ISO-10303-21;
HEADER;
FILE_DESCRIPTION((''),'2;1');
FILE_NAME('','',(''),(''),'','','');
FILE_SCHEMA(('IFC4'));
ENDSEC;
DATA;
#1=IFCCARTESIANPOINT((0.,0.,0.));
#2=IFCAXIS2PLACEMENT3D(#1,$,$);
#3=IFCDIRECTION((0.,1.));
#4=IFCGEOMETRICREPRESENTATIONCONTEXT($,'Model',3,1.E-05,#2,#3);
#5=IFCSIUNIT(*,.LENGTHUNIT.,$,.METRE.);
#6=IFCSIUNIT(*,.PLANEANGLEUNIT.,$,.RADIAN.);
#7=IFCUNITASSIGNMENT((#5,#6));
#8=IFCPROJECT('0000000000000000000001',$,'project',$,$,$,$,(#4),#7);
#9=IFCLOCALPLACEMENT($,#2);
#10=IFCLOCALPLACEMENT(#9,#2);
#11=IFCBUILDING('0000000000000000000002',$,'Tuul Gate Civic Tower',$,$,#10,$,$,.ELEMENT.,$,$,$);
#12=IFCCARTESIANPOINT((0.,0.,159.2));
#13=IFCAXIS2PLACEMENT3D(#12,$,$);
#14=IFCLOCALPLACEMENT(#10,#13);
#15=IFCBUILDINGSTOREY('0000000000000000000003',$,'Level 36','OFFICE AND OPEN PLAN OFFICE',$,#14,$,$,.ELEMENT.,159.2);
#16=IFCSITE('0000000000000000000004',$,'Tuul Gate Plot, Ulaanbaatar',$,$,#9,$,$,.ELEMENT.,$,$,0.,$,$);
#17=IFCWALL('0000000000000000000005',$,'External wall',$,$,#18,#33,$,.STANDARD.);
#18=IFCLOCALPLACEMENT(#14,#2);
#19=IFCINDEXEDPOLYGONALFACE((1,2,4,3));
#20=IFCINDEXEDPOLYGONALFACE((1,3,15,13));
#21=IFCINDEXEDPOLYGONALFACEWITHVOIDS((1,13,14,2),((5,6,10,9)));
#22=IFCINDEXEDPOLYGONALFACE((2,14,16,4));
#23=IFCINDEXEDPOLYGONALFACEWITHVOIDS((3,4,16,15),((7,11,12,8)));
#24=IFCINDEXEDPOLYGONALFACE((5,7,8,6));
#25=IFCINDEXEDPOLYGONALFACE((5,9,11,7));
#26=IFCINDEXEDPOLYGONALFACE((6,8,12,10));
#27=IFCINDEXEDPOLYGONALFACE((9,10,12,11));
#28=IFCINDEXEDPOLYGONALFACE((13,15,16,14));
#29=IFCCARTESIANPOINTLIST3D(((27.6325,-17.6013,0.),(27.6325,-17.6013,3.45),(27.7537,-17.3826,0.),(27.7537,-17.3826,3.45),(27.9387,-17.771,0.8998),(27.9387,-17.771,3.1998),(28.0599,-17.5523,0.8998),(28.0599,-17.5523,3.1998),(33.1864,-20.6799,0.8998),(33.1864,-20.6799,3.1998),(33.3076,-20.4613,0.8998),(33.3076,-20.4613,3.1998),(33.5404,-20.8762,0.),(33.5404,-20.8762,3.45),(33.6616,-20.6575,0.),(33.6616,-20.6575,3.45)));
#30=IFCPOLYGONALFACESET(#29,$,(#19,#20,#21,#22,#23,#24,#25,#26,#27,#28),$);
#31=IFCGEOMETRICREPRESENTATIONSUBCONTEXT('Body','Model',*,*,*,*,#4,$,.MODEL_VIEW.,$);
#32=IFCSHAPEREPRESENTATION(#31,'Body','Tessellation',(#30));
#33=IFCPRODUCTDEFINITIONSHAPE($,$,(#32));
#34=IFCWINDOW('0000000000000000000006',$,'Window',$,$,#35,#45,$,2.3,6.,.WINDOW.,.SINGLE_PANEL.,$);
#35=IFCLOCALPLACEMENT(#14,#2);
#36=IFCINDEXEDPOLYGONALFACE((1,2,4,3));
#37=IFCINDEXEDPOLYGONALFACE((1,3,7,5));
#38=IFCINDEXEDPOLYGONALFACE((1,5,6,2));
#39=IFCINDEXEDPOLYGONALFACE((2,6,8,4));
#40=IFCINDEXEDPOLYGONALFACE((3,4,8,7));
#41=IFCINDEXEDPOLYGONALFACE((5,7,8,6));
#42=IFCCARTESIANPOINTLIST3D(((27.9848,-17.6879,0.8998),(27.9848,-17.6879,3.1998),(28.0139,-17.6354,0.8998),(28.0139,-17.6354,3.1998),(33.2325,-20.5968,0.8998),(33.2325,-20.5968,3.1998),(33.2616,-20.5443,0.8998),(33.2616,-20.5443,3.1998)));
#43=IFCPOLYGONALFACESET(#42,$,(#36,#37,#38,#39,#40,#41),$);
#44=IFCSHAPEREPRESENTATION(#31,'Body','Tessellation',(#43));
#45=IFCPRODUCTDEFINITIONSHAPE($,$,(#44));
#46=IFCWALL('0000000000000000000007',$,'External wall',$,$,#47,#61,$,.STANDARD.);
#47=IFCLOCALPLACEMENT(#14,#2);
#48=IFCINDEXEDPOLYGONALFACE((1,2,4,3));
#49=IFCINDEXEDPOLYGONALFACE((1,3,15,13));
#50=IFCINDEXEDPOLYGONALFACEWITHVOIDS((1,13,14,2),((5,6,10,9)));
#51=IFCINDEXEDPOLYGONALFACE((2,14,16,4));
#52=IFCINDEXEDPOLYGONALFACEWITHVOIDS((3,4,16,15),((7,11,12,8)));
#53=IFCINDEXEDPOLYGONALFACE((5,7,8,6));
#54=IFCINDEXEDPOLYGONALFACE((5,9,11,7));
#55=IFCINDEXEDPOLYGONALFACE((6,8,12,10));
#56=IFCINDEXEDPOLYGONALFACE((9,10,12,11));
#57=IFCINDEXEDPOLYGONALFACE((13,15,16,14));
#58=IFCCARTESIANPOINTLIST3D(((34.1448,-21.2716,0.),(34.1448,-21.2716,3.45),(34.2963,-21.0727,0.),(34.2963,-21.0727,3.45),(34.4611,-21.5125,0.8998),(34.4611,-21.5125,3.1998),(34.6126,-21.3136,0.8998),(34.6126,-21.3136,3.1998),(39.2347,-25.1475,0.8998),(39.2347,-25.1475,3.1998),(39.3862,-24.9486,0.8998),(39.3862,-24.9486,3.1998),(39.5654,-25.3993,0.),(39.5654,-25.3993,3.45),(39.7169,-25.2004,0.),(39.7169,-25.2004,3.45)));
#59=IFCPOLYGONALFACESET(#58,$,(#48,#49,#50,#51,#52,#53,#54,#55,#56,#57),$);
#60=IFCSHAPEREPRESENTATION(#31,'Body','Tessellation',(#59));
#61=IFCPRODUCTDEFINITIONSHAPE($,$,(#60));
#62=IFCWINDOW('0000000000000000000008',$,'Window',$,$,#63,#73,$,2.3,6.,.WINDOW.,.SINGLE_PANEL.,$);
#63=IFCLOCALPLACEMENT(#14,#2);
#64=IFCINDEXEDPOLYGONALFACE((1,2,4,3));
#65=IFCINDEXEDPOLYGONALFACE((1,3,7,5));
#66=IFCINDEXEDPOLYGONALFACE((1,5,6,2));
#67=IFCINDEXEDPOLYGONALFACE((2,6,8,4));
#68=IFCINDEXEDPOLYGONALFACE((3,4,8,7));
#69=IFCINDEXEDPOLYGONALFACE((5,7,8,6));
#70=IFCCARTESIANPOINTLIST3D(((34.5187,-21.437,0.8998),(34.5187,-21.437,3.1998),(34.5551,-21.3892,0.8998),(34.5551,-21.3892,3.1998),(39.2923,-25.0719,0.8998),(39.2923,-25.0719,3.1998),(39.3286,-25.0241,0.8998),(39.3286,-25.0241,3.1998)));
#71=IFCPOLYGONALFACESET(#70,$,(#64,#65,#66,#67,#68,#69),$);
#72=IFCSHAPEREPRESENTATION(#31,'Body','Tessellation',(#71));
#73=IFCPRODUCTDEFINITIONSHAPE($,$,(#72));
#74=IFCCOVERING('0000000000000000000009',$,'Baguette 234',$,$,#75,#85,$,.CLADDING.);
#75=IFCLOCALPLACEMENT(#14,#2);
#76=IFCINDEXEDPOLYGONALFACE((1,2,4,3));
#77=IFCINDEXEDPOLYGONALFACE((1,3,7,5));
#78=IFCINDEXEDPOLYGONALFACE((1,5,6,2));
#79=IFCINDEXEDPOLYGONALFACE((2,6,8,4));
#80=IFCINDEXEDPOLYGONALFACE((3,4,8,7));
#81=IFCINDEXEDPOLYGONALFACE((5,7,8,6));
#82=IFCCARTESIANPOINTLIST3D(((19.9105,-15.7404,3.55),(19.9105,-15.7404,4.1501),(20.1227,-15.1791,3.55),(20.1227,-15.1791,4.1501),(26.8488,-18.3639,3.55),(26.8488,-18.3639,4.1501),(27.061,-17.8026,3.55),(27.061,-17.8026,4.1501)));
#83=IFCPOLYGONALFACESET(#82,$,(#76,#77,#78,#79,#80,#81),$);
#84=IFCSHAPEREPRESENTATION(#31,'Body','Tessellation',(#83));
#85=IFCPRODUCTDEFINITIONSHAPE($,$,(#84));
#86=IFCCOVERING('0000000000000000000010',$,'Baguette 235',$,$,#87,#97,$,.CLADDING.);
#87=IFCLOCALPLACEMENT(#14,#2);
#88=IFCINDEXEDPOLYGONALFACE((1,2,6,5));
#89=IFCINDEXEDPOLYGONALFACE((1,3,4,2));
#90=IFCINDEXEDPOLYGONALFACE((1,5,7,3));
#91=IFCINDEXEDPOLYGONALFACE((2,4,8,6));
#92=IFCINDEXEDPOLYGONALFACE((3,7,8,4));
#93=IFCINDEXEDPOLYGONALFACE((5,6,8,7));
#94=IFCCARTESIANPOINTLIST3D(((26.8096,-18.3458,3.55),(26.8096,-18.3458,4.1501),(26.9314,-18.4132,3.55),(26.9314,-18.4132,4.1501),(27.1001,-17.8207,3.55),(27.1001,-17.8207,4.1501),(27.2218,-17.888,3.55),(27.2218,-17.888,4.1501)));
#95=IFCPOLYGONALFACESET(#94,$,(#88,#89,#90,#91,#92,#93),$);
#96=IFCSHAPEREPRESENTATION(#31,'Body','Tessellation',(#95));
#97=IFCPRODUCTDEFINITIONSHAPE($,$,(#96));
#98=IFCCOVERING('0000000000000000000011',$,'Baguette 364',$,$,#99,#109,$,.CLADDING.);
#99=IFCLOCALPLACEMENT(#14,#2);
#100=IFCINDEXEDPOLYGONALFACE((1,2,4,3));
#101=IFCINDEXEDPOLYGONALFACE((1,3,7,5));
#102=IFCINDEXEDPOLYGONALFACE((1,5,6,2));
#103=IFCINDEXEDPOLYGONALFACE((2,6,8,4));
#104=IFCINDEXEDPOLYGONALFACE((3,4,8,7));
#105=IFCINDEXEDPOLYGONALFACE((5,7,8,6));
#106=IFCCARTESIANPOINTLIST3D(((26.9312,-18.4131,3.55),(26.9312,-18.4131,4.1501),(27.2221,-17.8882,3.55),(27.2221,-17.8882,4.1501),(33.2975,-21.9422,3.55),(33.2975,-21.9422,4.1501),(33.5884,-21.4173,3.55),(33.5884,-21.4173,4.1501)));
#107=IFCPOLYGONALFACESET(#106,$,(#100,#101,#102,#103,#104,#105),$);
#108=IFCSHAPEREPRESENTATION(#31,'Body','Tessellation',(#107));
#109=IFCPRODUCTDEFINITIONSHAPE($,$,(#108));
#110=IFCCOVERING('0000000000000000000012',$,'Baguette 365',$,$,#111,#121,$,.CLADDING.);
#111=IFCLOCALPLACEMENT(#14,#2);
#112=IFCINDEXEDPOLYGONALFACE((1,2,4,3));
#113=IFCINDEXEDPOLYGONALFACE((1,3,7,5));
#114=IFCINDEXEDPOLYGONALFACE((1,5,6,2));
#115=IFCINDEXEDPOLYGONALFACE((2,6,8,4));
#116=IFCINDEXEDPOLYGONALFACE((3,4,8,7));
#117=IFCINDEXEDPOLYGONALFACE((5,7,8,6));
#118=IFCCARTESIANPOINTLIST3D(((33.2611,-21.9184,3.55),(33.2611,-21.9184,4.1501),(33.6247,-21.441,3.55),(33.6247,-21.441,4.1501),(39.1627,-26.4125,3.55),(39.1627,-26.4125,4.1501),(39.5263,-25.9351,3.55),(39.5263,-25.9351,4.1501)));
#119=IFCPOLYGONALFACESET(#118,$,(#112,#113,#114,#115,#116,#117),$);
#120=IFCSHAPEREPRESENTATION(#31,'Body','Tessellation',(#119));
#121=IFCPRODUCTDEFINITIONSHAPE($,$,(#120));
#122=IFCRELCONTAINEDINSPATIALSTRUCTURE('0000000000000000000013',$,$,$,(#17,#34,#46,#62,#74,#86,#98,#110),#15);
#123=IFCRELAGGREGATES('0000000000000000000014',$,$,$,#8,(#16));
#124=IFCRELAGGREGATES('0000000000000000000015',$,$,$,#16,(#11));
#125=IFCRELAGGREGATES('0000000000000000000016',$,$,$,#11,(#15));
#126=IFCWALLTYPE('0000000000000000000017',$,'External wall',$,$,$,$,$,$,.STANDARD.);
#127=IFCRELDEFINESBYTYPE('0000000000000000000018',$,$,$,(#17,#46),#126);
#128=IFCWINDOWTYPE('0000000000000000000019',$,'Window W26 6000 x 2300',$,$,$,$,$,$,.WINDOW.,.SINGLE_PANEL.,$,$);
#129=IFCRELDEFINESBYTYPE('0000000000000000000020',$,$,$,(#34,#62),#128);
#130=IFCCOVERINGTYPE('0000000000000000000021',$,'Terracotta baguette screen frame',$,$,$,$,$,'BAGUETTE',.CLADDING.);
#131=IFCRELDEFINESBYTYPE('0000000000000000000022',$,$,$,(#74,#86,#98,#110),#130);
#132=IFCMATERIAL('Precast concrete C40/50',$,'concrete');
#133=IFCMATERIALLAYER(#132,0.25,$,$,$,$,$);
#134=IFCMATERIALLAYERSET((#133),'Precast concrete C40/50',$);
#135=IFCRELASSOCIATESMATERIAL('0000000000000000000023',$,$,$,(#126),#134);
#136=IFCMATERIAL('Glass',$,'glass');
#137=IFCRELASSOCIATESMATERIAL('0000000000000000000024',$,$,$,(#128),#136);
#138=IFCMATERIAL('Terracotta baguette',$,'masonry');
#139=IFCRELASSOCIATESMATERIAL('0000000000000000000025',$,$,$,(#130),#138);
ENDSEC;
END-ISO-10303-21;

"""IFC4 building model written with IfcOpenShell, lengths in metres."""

from ifc_helpers import new_model, si_unit, direction, frame, frame_2d, origin, origin_2d, place, context, subcontext, project, spatial, rectangle, extrude, material, layer, layer_set, material_profile, profile_set, type_object, element, fill, save


model = new_model("IFC4")

# Units and contexts
model_context = context("Model", 3, precision=1e-05, world=origin(), true_north=direction((0.0, 1.0)))
body_context = subcontext(model_context, "Body", "Model", "MODEL_VIEW")
ifc_project = project(units=[si_unit("LENGTHUNIT", "METRE"), si_unit("PLANEANGLEUNIT", "RADIAN")], contexts=[model_context])

# Site, building, storey
site_placement = place(None, origin())
site = spatial("IfcSite", under=ifc_project, at=site_placement, Name="Tuul Gate Plot, Ulaanbaatar", CompositionType="ELEMENT", RefElevation=0.0)
building_placement = place(site_placement, origin())
building = spatial("IfcBuilding", under=site, at=building_placement, Name="Tuul Gate Civic Tower", CompositionType="ELEMENT")
storey_placement = place(building_placement, frame((0.0, 0.0, 159.2)))
storey = spatial("IfcBuildingStorey", under=building, at=storey_placement, Name="Level 36", Description="OFFICE AND OPEN PLAN OFFICE", CompositionType="ELEMENT", Elevation=159.2)

# Walls, openings, windows
ifc_material_1 = material(Name="Precast concrete C40/50", Category="concrete")
ifc_layer_1 = layer(ifc_material_1, 0.25)
ifc_layer_set_1 = layer_set([ifc_layer_1], Name="Precast concrete C40/50")
wall_type_1 = type_object("IfcWallType", Name="External wall", PredefinedType="STANDARD", material=ifc_layer_set_1)
ifc_material_2 = material(Name="Glass", Category="glass")
window_type = type_object("IfcWindowType", Name="Window W26 6000 x 2300", PartitioningType="SINGLE_PANEL", PredefinedType="WINDOW", material=ifc_material_2)
wall_1_placement = place(storey_placement, frame((27.6931, -17.4919, 0.0), z_axis=(0.0, 0.0, 1.0), x_axis=(0.874615, -0.484817, 0.0)))
wall_1 = element("IfcWall", 1, at=wall_1_placement, inside=storey, type_object=wall_type_1, Name="External wall", PredefinedType="STANDARD", context=body_context, shape_type="SweptSolid", body=[
    extrude(rectangle(XDim=6.7549, YDim=0.25, at=frame_2d((3.3774, 0.0))), origin(), (0.0, 0.0, 1.0), 3.45),
])
opening_1_placement = place(wall_1_placement, frame((0.3501, 0.0, 0.8999)))
opening_1 = element("IfcOpeningElement", 2, at=opening_1_placement, cuts=wall_1, PredefinedType="OPENING", context=body_context, shape_type="SweptSolid", body=[
    extrude(rectangle(XDim=6.0, YDim=2.3, at=frame_2d((3.0, 1.1499))), frame((0.0, 0.135, 0.0), z_axis=(0.0, -1.0, 0.0), x_axis=(1.0, 0.0, 0.0)), (0.0, 0.0, 1.0), 0.27),
])
window_1_placement = place(opening_1_placement, origin())
window_1 = element("IfcWindow", 3, at=window_1_placement, inside=storey, type_object=window_type, Name="Window", OverallHeight=2.3, OverallWidth=6.0, PartitioningType="SINGLE_PANEL", PredefinedType="WINDOW", context=body_context, shape_type="SweptSolid", body=[
    extrude(rectangle(XDim=6.0, YDim=2.3, at=frame_2d((3.0, 1.1499))), frame((0.0, 0.03, 0.0), z_axis=(0.0, -1.0, 0.0), x_axis=(1.0, 0.0, 0.0)), (0.0, 0.0, 1.0), 0.0601),
])
fill(opening_1, window_1)
wall_2_placement = place(storey_placement, frame((34.2205, -21.1721, 0.0), z_axis=(0.0, 0.0, 1.0), x_axis=(0.795597, -0.605826, 0.0)))
wall_2 = element("IfcWall", 4, at=wall_2_placement, inside=storey, type_object=wall_type_1, Name="External wall", PredefinedType="STANDARD", context=body_context, shape_type="SweptSolid", body=[
    extrude(rectangle(XDim=6.8132, YDim=0.25, at=frame_2d((3.4067, 0.0))), origin(), (0.0, 0.0, 1.0), 3.45),
])
opening_2_placement = place(wall_2_placement, frame((0.3977, 0.0, 0.8999)))
opening_2 = element("IfcOpeningElement", 5, at=opening_2_placement, cuts=wall_2, PredefinedType="OPENING", context=body_context, shape_type="SweptSolid", body=[
    extrude(rectangle(XDim=6.0, YDim=2.3, at=frame_2d((3.0, 1.1499))), frame((0.0, 0.135, 0.0), z_axis=(0.0, -1.0, 0.0), x_axis=(1.0, 0.0, 0.0)), (0.0, 0.0, 1.0), 0.27),
])
window_2_placement = place(opening_2_placement, origin())
window_2 = element("IfcWindow", 6, at=window_2_placement, inside=storey, type_object=window_type, Name="Window", OverallHeight=2.3, OverallWidth=6.0, PartitioningType="SINGLE_PANEL", PredefinedType="WINDOW", context=body_context, shape_type="SweptSolid", body=[
    extrude(rectangle(XDim=6.0, YDim=2.3, at=frame_2d((3.0, 1.1499))), frame((0.0, 0.03, 0.0), z_axis=(0.0, -1.0, 0.0), x_axis=(1.0, 0.0, 0.0)), (0.0, 0.0, 1.0), 0.0601),
])
fill(opening_2, window_2)

# Coverings
ifc_material_3 = material(Name="Terracotta baguette", Category="masonry")
ifc_material_profile_1 = material_profile(ifc_material_3, rectangle(XDim=0.6001, YDim=0.6001, at=origin_2d()), Name="Terracotta baguette screen frame")
ifc_profile_set_1 = profile_set([ifc_material_profile_1], Name="Terracotta baguette")
covering_type = type_object("IfcCoveringType", Name="Terracotta baguette screen frame", ElementType="BAGUETTE", PredefinedType="CLADDING", material=ifc_profile_set_1)
covering_1_placement = place(storey_placement, frame((20.0166, -15.4597, 3.8501), z_axis=(0.935364, -0.353687, 0.0), x_axis=(0.353687, 0.935364, 0.0)))
element("IfcCovering", 7, at=covering_1_placement, inside=storey, type_object=covering_type, Name="Baguette 234", PredefinedType="CLADDING", context=body_context, shape_type="SweptSolid", body=[
    extrude(rectangle(XDim=0.6001, YDim=0.6001, at=origin_2d()), origin(), (0.0, 0.0, 1.0), 7.4177),
])
covering_2_placement = place(storey_placement, frame((26.9548, -18.0833, 3.8501), z_axis=(0.875066, -0.484004, 0.0), x_axis=(0.484004, 0.875066, 0.0)))
element("IfcCovering", 8, at=covering_2_placement, inside=storey, type_object=covering_type, Name="Baguette 235", PredefinedType="CLADDING", context=body_context, shape_type="SweptSolid", body=[
    extrude(rectangle(XDim=0.6001, YDim=0.6001, at=origin_2d()), origin(), (0.0, 0.0, 1.0), 0.1392),
])
covering_3_placement = place(storey_placement, frame((27.0767, -18.1506, 3.8501), z_axis=(0.874608, -0.484831, 0.0), x_axis=(0.484831, 0.874608, 0.0)))
element("IfcCovering", 9, at=covering_3_placement, inside=storey, type_object=covering_type, Name="Baguette 364", PredefinedType="CLADDING", context=body_context, shape_type="SweptSolid", body=[
    extrude(rectangle(XDim=0.6001, YDim=0.6001, at=origin_2d()), origin(), (0.0, 0.0, 1.0), 7.2791),
])
covering_4_placement = place(storey_placement, frame((33.4429, -21.6797, 3.8501), z_axis=(0.795583, -0.605845, 0.0), x_axis=(0.605845, 0.795583, 0.0)))
element("IfcCovering", 10, at=covering_4_placement, inside=storey, type_object=covering_type, Name="Baguette 365", PredefinedType="CLADDING", context=body_context, shape_type="SweptSolid", body=[
    extrude(rectangle(XDim=0.6001, YDim=0.6001, at=origin_2d()), origin(), (0.0, 0.0, 1.0), 7.418),
])

save(model, "model.ifc")
